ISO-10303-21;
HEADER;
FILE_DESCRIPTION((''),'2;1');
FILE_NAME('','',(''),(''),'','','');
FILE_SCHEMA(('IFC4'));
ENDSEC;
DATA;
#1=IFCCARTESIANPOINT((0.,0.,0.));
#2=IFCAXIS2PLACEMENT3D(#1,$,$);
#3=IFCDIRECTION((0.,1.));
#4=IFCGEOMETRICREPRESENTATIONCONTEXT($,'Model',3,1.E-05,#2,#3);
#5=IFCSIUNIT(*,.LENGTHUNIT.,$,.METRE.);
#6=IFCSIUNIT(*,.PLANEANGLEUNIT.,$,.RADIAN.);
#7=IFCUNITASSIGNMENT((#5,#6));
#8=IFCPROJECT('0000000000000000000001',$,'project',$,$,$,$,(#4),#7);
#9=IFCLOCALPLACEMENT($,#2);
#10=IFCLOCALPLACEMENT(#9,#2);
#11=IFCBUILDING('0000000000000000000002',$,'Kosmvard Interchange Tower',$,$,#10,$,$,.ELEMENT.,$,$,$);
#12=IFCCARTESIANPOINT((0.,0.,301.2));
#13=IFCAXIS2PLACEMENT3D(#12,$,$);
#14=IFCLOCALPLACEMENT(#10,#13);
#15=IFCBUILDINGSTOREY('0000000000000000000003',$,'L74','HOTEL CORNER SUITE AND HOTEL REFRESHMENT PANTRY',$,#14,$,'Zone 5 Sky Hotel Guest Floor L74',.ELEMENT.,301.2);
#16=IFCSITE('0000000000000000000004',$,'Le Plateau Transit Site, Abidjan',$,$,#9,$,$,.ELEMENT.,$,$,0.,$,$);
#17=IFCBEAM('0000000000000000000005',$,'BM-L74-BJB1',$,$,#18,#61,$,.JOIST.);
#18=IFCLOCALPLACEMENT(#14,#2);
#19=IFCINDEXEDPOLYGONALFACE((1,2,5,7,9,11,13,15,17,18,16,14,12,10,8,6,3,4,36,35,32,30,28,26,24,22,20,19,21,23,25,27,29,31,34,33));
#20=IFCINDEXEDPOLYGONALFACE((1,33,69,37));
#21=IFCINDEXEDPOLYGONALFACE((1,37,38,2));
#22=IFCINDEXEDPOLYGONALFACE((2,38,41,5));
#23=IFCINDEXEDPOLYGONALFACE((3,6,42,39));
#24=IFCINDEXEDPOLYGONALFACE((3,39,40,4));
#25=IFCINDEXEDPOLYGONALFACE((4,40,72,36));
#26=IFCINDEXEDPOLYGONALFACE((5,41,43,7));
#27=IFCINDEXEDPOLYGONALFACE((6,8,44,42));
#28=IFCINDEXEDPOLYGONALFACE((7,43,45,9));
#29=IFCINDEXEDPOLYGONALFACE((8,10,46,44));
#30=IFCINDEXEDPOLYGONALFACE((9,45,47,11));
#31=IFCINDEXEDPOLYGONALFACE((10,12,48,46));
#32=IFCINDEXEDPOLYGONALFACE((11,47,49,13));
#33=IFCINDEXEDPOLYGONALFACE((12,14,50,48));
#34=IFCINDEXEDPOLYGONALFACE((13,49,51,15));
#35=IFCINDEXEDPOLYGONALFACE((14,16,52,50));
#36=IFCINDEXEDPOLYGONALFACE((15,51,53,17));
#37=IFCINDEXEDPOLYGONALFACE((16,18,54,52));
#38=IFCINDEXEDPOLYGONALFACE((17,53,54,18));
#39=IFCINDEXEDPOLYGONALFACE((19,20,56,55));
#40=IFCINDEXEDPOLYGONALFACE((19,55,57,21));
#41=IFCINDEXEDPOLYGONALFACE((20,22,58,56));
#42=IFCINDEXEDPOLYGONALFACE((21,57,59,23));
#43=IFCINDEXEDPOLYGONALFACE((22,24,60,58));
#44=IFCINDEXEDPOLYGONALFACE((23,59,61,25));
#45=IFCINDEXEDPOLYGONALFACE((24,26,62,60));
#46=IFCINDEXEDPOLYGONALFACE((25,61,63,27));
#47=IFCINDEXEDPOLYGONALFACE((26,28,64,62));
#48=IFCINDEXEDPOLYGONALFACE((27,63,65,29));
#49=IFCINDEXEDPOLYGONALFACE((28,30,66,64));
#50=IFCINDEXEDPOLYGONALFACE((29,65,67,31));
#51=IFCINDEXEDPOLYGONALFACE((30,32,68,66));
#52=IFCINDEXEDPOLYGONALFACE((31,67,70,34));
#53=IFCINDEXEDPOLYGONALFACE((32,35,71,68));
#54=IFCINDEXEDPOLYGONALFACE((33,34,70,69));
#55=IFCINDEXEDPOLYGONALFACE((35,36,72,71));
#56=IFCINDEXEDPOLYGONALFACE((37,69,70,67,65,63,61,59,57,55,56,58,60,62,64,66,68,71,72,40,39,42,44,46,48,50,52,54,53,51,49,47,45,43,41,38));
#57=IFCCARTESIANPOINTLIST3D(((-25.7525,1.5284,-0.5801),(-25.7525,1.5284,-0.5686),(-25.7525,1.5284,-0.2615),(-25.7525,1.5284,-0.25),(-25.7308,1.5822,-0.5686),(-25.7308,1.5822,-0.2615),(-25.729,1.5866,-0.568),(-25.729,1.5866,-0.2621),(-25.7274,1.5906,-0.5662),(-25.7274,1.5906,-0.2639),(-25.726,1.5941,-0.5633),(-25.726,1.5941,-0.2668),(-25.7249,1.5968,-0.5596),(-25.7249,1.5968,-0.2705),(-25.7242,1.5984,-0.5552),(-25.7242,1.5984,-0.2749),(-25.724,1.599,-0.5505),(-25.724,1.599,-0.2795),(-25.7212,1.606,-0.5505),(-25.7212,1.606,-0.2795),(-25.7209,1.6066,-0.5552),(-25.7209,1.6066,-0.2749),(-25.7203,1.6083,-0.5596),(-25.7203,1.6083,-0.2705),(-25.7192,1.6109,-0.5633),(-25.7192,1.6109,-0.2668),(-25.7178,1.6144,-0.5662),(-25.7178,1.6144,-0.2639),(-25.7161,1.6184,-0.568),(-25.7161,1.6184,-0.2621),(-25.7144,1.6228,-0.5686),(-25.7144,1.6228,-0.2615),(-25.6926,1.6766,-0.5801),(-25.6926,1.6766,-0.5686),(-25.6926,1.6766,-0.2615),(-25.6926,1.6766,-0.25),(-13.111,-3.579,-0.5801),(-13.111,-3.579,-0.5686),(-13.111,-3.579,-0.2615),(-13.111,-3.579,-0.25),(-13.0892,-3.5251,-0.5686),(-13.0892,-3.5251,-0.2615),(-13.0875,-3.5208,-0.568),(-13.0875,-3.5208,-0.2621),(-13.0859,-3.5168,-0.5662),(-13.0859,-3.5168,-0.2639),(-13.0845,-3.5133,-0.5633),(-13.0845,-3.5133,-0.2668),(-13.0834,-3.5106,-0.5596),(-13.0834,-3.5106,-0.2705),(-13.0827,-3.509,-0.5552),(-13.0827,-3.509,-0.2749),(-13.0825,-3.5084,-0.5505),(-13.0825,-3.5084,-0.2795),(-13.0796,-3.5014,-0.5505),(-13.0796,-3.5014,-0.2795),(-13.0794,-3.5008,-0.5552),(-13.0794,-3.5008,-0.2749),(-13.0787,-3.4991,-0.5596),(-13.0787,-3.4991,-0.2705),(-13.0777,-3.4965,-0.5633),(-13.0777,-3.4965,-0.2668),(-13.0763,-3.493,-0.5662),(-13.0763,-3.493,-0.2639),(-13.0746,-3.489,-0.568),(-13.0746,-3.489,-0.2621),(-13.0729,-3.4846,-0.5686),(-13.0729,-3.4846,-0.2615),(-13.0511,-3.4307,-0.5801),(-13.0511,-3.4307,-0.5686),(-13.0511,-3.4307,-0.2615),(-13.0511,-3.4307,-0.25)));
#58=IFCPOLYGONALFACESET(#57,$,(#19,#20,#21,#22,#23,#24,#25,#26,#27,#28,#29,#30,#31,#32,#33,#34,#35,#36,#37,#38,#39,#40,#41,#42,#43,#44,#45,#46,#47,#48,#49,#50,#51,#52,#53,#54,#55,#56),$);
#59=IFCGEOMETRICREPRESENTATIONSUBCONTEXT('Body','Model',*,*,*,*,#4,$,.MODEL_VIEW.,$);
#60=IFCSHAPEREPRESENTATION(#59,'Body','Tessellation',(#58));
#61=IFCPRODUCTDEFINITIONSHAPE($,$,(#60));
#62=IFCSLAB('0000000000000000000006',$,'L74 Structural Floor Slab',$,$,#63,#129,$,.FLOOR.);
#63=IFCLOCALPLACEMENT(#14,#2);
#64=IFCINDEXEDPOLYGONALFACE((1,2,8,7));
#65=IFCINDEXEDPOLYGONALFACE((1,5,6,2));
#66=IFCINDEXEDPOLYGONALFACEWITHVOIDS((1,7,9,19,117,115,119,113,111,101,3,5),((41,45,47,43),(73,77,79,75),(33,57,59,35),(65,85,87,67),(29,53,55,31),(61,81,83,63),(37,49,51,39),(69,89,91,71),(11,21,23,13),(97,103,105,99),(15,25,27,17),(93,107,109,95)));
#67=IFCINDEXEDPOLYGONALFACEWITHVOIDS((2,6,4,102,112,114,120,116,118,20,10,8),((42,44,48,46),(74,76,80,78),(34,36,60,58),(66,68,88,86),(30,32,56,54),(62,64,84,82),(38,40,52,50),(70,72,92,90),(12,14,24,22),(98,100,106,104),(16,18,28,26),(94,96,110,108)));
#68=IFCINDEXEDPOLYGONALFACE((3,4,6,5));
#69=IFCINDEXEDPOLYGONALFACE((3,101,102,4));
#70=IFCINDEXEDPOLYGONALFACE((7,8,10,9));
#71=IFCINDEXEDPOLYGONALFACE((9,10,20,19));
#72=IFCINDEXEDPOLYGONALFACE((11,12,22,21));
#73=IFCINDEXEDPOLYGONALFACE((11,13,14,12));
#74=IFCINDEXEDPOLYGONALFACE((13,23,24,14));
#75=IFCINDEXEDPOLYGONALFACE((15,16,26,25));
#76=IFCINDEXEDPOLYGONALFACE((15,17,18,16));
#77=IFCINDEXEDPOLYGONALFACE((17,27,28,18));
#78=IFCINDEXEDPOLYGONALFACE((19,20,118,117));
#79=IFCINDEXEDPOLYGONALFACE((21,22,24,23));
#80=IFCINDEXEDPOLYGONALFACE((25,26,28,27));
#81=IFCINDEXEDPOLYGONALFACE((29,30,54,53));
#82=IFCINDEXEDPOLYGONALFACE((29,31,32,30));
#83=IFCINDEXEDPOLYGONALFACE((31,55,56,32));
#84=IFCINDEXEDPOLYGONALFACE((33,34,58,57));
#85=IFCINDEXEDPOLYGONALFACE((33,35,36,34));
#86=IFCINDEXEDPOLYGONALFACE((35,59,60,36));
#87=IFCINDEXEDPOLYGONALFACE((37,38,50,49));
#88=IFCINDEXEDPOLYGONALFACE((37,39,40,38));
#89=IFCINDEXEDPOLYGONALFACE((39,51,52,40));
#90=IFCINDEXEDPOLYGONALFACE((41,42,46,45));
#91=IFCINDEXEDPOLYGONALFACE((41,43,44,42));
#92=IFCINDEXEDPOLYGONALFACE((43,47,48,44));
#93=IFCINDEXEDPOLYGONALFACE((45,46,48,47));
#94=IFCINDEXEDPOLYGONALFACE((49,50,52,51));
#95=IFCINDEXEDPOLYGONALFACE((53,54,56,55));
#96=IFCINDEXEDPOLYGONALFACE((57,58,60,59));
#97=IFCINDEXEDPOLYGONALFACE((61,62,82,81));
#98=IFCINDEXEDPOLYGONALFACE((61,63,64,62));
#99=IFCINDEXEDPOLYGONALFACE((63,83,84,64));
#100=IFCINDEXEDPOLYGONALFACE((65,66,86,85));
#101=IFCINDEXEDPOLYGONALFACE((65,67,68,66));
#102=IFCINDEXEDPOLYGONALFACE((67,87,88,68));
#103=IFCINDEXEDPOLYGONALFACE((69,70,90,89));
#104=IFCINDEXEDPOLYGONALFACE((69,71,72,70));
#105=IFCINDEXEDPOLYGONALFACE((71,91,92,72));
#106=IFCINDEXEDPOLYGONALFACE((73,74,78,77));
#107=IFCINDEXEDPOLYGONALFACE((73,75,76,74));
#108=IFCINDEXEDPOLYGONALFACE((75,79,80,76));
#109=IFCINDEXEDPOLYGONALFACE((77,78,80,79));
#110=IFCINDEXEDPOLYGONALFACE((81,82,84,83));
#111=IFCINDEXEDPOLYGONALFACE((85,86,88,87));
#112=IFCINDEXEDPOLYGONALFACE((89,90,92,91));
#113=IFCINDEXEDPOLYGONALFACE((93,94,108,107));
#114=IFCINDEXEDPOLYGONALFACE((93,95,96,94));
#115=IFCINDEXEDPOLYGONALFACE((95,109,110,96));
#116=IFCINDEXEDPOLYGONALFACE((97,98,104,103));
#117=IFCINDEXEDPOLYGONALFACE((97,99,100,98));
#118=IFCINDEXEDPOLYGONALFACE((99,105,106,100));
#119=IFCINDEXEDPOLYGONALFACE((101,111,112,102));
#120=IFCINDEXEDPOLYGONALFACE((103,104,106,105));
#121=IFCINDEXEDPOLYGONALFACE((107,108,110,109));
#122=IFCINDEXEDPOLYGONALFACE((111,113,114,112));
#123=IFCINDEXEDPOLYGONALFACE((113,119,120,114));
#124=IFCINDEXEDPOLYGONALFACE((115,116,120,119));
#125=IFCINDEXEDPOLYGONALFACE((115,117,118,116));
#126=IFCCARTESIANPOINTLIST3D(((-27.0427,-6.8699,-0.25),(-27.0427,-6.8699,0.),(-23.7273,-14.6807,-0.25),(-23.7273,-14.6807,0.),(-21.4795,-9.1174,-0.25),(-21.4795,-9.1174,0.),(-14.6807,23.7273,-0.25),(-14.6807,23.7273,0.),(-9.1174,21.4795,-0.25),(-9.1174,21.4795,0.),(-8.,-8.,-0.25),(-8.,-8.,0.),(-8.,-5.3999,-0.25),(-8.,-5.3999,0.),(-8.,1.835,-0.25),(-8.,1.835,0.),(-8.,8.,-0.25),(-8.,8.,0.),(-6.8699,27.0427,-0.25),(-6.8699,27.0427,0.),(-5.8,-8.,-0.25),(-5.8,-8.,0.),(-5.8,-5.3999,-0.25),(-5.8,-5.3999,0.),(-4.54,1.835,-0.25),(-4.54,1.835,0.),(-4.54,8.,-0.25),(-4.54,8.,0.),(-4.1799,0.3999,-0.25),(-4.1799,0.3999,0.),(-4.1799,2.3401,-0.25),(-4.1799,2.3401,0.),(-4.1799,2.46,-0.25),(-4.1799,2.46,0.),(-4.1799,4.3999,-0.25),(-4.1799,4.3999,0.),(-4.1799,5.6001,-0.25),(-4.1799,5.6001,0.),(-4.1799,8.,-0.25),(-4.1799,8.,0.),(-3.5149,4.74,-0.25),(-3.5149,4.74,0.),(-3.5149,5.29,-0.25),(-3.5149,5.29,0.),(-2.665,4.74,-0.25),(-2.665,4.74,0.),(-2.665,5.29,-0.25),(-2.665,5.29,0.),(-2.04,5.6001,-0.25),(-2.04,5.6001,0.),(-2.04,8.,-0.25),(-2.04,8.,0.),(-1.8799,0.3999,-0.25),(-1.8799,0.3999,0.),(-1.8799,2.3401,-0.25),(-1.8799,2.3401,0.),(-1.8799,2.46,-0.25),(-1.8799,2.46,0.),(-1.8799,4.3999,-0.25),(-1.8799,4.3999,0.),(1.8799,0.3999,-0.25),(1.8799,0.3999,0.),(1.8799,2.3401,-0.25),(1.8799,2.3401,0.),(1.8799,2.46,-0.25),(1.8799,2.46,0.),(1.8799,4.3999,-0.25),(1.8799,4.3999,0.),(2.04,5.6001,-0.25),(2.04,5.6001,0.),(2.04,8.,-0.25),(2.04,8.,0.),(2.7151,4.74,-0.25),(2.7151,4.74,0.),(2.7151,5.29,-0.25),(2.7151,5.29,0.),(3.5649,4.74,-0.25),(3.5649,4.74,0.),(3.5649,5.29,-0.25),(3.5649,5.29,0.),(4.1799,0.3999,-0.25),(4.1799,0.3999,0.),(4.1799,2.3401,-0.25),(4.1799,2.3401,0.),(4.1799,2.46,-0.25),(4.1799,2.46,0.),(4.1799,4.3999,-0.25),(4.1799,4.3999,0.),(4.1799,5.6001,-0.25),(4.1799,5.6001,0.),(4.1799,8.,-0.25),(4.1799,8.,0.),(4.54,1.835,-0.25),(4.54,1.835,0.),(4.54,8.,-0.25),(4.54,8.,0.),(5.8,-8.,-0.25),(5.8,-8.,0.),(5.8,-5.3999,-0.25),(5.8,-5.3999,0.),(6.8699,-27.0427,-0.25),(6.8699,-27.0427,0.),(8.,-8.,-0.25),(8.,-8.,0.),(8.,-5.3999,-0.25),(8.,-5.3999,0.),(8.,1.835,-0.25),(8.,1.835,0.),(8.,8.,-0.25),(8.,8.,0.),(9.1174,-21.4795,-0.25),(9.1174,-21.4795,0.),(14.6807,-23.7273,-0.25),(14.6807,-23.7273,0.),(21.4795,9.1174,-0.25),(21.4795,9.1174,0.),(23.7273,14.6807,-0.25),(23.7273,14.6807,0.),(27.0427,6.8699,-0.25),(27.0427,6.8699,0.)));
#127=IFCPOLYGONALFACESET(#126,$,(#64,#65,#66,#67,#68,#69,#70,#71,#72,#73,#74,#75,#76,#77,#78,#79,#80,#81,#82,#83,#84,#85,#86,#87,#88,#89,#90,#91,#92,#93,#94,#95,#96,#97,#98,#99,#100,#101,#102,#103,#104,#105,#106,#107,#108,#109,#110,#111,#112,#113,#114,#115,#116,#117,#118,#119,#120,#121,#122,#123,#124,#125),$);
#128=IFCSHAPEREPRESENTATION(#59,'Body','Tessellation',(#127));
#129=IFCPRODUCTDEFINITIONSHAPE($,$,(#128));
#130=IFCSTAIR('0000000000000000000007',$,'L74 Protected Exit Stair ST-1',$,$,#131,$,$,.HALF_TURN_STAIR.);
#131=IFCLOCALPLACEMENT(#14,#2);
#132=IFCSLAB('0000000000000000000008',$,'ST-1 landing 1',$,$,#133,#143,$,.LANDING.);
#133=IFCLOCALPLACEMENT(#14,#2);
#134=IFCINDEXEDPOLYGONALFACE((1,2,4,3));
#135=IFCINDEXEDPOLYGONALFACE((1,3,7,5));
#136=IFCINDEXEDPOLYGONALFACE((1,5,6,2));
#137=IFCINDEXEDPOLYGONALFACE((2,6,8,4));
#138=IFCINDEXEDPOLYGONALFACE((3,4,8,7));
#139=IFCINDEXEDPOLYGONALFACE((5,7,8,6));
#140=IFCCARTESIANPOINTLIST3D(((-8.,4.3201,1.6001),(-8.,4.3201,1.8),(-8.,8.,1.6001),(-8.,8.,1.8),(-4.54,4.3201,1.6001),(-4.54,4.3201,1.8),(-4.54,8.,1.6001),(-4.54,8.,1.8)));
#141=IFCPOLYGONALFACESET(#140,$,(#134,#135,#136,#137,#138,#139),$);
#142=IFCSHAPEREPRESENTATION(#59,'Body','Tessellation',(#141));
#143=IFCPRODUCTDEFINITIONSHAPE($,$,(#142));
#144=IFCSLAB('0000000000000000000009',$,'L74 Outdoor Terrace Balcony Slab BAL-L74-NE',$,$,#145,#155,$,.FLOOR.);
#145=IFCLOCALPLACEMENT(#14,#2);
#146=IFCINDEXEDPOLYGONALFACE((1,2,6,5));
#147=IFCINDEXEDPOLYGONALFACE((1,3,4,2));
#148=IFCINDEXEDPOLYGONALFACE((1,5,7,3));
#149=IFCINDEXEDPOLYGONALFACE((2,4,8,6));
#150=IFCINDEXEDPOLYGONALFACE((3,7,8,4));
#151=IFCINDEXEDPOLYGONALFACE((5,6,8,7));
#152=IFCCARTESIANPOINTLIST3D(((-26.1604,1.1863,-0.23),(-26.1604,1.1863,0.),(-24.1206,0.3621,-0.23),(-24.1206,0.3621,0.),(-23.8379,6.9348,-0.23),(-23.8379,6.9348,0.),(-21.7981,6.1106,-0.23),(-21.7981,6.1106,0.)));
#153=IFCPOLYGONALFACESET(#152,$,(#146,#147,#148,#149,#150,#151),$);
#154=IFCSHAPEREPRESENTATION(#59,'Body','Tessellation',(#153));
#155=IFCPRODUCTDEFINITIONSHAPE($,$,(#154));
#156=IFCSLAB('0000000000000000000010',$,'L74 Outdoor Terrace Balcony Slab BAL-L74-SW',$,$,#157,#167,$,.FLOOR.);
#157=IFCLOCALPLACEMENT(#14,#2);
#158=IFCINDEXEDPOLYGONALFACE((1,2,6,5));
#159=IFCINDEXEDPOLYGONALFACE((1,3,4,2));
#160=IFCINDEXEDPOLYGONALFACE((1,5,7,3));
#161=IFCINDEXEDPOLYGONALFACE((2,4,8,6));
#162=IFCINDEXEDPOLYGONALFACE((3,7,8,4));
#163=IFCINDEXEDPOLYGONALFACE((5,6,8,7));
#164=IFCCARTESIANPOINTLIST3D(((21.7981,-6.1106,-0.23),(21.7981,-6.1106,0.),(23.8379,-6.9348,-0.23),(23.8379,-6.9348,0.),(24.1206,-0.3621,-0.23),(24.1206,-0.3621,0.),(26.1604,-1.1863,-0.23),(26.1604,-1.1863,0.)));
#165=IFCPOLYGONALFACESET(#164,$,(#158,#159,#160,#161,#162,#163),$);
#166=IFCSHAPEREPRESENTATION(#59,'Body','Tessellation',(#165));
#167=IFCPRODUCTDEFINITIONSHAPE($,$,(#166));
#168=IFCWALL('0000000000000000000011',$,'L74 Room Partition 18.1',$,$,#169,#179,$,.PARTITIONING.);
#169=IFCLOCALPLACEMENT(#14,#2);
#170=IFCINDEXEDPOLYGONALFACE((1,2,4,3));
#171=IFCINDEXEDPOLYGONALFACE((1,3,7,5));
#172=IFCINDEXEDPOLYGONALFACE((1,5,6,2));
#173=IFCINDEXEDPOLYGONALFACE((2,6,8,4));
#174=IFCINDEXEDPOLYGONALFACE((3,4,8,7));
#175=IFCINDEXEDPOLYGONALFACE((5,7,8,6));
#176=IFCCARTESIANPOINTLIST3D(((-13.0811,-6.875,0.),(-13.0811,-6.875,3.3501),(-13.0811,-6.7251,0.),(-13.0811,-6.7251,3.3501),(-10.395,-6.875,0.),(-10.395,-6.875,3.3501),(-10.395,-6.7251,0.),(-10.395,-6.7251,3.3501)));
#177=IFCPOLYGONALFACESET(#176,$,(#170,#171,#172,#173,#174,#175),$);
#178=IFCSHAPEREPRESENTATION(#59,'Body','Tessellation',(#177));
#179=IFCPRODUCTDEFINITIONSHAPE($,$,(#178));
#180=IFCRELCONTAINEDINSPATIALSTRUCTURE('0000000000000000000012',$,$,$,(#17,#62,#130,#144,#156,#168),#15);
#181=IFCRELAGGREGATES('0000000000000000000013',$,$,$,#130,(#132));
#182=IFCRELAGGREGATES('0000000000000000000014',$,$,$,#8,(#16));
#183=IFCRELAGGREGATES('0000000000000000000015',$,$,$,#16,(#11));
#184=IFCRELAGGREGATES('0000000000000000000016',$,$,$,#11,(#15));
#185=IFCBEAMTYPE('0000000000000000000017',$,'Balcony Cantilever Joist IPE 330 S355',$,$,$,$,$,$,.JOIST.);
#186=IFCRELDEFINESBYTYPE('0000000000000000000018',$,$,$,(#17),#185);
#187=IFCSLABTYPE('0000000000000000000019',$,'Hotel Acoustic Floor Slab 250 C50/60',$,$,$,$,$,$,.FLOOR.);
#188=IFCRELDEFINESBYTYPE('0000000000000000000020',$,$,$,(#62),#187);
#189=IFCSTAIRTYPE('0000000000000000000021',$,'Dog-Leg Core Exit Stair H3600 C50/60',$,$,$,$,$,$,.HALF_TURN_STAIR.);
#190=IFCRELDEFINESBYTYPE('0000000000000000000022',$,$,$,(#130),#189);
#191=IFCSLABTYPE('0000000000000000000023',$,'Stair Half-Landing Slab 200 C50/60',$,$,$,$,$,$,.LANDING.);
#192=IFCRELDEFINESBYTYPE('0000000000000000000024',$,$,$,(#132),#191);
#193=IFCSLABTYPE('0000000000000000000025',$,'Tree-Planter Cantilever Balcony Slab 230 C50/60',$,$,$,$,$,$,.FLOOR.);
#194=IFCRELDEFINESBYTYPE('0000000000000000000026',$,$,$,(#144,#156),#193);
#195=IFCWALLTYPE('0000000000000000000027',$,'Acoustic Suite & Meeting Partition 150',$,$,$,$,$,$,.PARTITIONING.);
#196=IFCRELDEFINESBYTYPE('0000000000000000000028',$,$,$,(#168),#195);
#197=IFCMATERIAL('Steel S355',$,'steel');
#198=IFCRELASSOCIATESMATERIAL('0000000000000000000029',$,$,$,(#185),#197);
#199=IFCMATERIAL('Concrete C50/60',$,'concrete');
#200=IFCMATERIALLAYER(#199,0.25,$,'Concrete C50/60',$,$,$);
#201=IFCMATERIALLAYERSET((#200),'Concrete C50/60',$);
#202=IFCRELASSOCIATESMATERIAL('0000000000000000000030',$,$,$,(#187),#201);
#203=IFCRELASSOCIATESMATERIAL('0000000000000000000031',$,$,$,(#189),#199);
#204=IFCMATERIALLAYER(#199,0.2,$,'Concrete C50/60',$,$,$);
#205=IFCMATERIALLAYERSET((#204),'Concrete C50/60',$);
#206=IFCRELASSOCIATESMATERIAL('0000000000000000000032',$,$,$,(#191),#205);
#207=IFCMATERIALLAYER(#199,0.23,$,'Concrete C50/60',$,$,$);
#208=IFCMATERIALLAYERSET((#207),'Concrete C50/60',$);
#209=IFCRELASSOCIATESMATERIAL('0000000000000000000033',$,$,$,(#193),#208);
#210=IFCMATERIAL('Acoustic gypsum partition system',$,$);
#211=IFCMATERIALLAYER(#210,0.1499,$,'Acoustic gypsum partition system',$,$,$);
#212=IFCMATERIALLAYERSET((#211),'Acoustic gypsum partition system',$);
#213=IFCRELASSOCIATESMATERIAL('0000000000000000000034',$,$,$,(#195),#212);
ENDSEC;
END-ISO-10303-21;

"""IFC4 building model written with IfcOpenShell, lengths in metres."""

from ifc_helpers import new_model, si_unit, direction, frame, frame_2d, origin, origin_2d, place, context, subcontext, project, spatial, polyline, rectangle, i_section, outline, extrude, source, transform, mapped, material, layer, layer_set, material_profile, profile_set, type_object, element, aggregate, save


model = new_model("IFC4")

# Units and contexts
model_context = context("Model", 3, precision=1e-05, world=origin(), true_north=direction((0.0, 1.0)))
body_context = subcontext(model_context, "Body", "Model", "MODEL_VIEW")
ifc_project = project(units=[si_unit("LENGTHUNIT", "METRE"), si_unit("PLANEANGLEUNIT", "RADIAN")], contexts=[model_context])

# Site, building, storey
site_placement = place(None, origin())
site = spatial("IfcSite", under=ifc_project, at=site_placement, Name="Le Plateau Transit Site, Abidjan", CompositionType="ELEMENT", RefElevation=0.0)
building_placement = place(site_placement, origin())
building = spatial("IfcBuilding", under=site, at=building_placement, Name="Kosmvard Interchange Tower", CompositionType="ELEMENT")
storey_placement = place(building_placement, frame((0.0, 0.0, 301.2)))
storey = spatial("IfcBuildingStorey", under=building, at=storey_placement, Name="L74", Description="HOTEL CORNER SUITE AND HOTEL REFRESHMENT PANTRY", LongName="Zone 5 Sky Hotel Guest Floor L74", CompositionType="ELEMENT", Elevation=301.2)

# Beam
ifc_material_1 = material(Name="Steel S355", Category="steel")
ifc_material_profile = material_profile(ifc_material_1, i_section(OverallWidth=0.1599, OverallDepth=0.3301, WebThickness=0.0076, FlangeThickness=0.0115, FilletRadius=0.0181, at=origin_2d()), Name="IPE 330")
ifc_profile_set = profile_set([ifc_material_profile], Name="Steel S355")
beam_type = type_object("IfcBeamType", Name="Balcony Cantilever Joist IPE 330 S355", PredefinedType="JOIST", material=ifc_profile_set)
shared_shape_1 = source(origin(), body_context, "Body", "SweptSolid", [
    extrude(i_section(OverallWidth=0.1599, OverallDepth=0.3301, WebThickness=0.0076, FlangeThickness=0.0115, FilletRadius=0.0181, at=origin_2d()), origin(), (0.0, 0.0, 1.0), 13.6343),
])
beam_placement = place(storey_placement, frame((-13.0811, -3.5049, -0.415), z_axis=(-0.927187, 0.374599, 0.0), x_axis=(-0.374599, -0.927187, 0.0)))
element("IfcBeam", 1, at=beam_placement, inside=storey, type_object=beam_type, Name="BM-L74-BJB1", PredefinedType="JOIST", context=body_context, shape_type="MappedRepresentation", body=[
    mapped(shared_shape_1, transform((0.0, 0.0, 0.0), scale=1.0)),
])

# Slab
ifc_material_2 = material(Name="Concrete C50/60", Category="concrete")
ifc_layer_1 = layer(ifc_material_2, 0.25, Name="Concrete C50/60")
ifc_layer_set_1 = layer_set([ifc_layer_1], Name="Concrete C50/60")
slab_type_1 = type_object("IfcSlabType", Name="Hotel Acoustic Floor Slab 250 C50/60", PredefinedType="FLOOR", material=ifc_layer_set_1)
slab_1_placement = place(storey_placement, frame((0.0, 0.0, -0.25)))
element("IfcSlab", 2, at=slab_1_placement, inside=storey, type_object=slab_type_1, Name="L74 Structural Floor Slab", PredefinedType="FLOOR", context=body_context, shape_type="SweptSolid", body=[
    extrude(outline(polyline([(14.6807, -23.7273), (27.0427, 6.8699), (21.4795, 9.1174), (23.7273, 14.6807), (-6.8699, 27.0427), (-9.1174, 21.4795), (-14.6807, 23.7273), (-27.0427, -6.8699), (-21.4795, -9.1174), (-23.7273, -14.6807), (6.8699, -27.0427), (9.1174, -21.4795), (14.6807, -23.7273)]), holes=[polyline([(-8.0, 1.835), (-4.54, 1.835), (-4.54, 8.0), (-8.0, 8.0), (-8.0, 1.835)]), polyline([(4.54, 1.835), (8.0, 1.835), (8.0, 8.0), (4.54, 8.0), (4.54, 1.835)]), polyline([(-8.0, -8.0), (-5.8, -8.0), (-5.8, -5.3999), (-8.0, -5.3999), (-8.0, -8.0)]), polyline([(5.8, -8.0), (8.0, -8.0), (8.0, -5.3999), (5.8, -5.3999), (5.8, -8.0)]), polyline([(-4.1799, 0.3999), (-1.8799, 0.3999), (-1.8799, 2.3401), (-4.1799, 2.3401), (-4.1799, 0.3999)]), polyline([(-4.1799, 2.46), (-1.8799, 2.46), (-1.8799, 4.3999), (-4.1799, 4.3999), (-4.1799, 2.46)]), polyline([(1.8799, 0.3999), (4.1799, 0.3999), (4.1799, 2.3401), (1.8799, 2.3401), (1.8799, 0.3999)]), polyline([(1.8799, 2.46), (4.1799, 2.46), (4.1799, 4.3999), (1.8799, 4.3999), (1.8799, 2.46)]), polyline([(-4.1799, 5.6001), (-2.04, 5.6001), (-2.04, 8.0), (-4.1799, 8.0), (-4.1799, 5.6001)]), polyline([(2.04, 5.6001), (4.1799, 5.6001), (4.1799, 8.0), (2.04, 8.0), (2.04, 5.6001)]), polyline([(-3.5149, 4.74), (-2.665, 4.74), (-2.665, 5.29), (-3.5149, 5.29), (-3.5149, 4.74)]), polyline([(2.7151, 4.74), (3.5649, 4.74), (3.5649, 5.29), (2.7151, 5.29), (2.7151, 4.74)])]), origin(), (0.0, 0.0, 1.0), 0.25),
])

# Stair, slab
stair_type = type_object("IfcStairType", Name="Dog-Leg Core Exit Stair H3600 C50/60", PredefinedType="HALF_TURN_STAIR", material=ifc_material_2)
stair_placement = place(storey_placement, origin())
stair = element("IfcStair", 3, at=stair_placement, inside=storey, type_object=stair_type, Name="L74 Protected Exit Stair ST-1", PredefinedType="HALF_TURN_STAIR")
ifc_layer_2 = layer(ifc_material_2, 0.2, Name="Concrete C50/60")
ifc_layer_set_2 = layer_set([ifc_layer_2], Name="Concrete C50/60")
slab_type_2 = type_object("IfcSlabType", Name="Stair Half-Landing Slab 200 C50/60", PredefinedType="LANDING", material=ifc_layer_set_2)
slab_2_placement = place(storey_placement, frame((0.0, 0.0, 1.6001)))
slab_2 = element("IfcSlab", 4, at=slab_2_placement, type_object=slab_type_2, Name="ST-1 landing 1", PredefinedType="LANDING", context=body_context, shape_type="SweptSolid", body=[
    extrude(outline(polyline([(-4.54, 4.3201), (-4.54, 8.0), (-8.0, 8.0), (-8.0, 4.3201), (-4.54, 4.3201)])), origin(), (0.0, 0.0, 1.0), 0.2),
])

# Slabs
ifc_layer_3 = layer(ifc_material_2, 0.23, Name="Concrete C50/60")
ifc_layer_set_3 = layer_set([ifc_layer_3], Name="Concrete C50/60")
slab_type_3 = type_object("IfcSlabType", Name="Tree-Planter Cantilever Balcony Slab 230 C50/60", PredefinedType="FLOOR", material=ifc_layer_set_3)
slab_3_placement = place(storey_placement, frame((0.0, 0.0, -0.23)))
element("IfcSlab", 5, at=slab_3_placement, inside=storey, type_object=slab_type_3, Name="L74 Outdoor Terrace Balcony Slab BAL-L74-NE", PredefinedType="FLOOR", context=body_context, shape_type="SweptSolid", body=[
    extrude(outline(polyline([(-24.1206, 0.3621), (-21.7981, 6.1106), (-23.8379, 6.9348), (-26.1604, 1.1863), (-24.1206, 0.3621)])), origin(), (0.0, 0.0, 1.0), 0.23),
])
slab_4_placement = place(storey_placement, frame((0.0, 0.0, -0.23)))
element("IfcSlab", 6, at=slab_4_placement, inside=storey, type_object=slab_type_3, Name="L74 Outdoor Terrace Balcony Slab BAL-L74-SW", PredefinedType="FLOOR", context=body_context, shape_type="SweptSolid", body=[
    extrude(outline(polyline([(23.8379, -6.9348), (26.1604, -1.1863), (24.1206, -0.3621), (21.7981, -6.1106), (23.8379, -6.9348)])), origin(), (0.0, 0.0, 1.0), 0.23),
])

# Wall
ifc_material_3 = material(Name="Acoustic gypsum partition system")
ifc_layer_4 = layer(ifc_material_3, 0.1499, Name="Acoustic gypsum partition system")
ifc_layer_set_4 = layer_set([ifc_layer_4], Name="Acoustic gypsum partition system")
wall_type_1 = type_object("IfcWallType", Name="Acoustic Suite & Meeting Partition 150", PredefinedType="PARTITIONING", material=ifc_layer_set_4)
wall_1_placement = place(storey_placement, frame((-10.395, -6.8, 0.0), z_axis=(0.0, 0.0, 1.0), x_axis=(-1.0, 0.0, 0.0)))
element("IfcWall", 7, at=wall_1_placement, inside=storey, type_object=wall_type_1, Name="L74 Room Partition 18.1", PredefinedType="PARTITIONING", context=body_context, shape_type="SweptSolid", body=[
    extrude(rectangle(XDim=2.686, YDim=0.1499, at=frame_2d((1.343, 0.0))), origin(), (0.0, 0.0, 1.0), 3.3501),
])

aggregate(stair, [slab_2])

save(model, "model.ifc")
